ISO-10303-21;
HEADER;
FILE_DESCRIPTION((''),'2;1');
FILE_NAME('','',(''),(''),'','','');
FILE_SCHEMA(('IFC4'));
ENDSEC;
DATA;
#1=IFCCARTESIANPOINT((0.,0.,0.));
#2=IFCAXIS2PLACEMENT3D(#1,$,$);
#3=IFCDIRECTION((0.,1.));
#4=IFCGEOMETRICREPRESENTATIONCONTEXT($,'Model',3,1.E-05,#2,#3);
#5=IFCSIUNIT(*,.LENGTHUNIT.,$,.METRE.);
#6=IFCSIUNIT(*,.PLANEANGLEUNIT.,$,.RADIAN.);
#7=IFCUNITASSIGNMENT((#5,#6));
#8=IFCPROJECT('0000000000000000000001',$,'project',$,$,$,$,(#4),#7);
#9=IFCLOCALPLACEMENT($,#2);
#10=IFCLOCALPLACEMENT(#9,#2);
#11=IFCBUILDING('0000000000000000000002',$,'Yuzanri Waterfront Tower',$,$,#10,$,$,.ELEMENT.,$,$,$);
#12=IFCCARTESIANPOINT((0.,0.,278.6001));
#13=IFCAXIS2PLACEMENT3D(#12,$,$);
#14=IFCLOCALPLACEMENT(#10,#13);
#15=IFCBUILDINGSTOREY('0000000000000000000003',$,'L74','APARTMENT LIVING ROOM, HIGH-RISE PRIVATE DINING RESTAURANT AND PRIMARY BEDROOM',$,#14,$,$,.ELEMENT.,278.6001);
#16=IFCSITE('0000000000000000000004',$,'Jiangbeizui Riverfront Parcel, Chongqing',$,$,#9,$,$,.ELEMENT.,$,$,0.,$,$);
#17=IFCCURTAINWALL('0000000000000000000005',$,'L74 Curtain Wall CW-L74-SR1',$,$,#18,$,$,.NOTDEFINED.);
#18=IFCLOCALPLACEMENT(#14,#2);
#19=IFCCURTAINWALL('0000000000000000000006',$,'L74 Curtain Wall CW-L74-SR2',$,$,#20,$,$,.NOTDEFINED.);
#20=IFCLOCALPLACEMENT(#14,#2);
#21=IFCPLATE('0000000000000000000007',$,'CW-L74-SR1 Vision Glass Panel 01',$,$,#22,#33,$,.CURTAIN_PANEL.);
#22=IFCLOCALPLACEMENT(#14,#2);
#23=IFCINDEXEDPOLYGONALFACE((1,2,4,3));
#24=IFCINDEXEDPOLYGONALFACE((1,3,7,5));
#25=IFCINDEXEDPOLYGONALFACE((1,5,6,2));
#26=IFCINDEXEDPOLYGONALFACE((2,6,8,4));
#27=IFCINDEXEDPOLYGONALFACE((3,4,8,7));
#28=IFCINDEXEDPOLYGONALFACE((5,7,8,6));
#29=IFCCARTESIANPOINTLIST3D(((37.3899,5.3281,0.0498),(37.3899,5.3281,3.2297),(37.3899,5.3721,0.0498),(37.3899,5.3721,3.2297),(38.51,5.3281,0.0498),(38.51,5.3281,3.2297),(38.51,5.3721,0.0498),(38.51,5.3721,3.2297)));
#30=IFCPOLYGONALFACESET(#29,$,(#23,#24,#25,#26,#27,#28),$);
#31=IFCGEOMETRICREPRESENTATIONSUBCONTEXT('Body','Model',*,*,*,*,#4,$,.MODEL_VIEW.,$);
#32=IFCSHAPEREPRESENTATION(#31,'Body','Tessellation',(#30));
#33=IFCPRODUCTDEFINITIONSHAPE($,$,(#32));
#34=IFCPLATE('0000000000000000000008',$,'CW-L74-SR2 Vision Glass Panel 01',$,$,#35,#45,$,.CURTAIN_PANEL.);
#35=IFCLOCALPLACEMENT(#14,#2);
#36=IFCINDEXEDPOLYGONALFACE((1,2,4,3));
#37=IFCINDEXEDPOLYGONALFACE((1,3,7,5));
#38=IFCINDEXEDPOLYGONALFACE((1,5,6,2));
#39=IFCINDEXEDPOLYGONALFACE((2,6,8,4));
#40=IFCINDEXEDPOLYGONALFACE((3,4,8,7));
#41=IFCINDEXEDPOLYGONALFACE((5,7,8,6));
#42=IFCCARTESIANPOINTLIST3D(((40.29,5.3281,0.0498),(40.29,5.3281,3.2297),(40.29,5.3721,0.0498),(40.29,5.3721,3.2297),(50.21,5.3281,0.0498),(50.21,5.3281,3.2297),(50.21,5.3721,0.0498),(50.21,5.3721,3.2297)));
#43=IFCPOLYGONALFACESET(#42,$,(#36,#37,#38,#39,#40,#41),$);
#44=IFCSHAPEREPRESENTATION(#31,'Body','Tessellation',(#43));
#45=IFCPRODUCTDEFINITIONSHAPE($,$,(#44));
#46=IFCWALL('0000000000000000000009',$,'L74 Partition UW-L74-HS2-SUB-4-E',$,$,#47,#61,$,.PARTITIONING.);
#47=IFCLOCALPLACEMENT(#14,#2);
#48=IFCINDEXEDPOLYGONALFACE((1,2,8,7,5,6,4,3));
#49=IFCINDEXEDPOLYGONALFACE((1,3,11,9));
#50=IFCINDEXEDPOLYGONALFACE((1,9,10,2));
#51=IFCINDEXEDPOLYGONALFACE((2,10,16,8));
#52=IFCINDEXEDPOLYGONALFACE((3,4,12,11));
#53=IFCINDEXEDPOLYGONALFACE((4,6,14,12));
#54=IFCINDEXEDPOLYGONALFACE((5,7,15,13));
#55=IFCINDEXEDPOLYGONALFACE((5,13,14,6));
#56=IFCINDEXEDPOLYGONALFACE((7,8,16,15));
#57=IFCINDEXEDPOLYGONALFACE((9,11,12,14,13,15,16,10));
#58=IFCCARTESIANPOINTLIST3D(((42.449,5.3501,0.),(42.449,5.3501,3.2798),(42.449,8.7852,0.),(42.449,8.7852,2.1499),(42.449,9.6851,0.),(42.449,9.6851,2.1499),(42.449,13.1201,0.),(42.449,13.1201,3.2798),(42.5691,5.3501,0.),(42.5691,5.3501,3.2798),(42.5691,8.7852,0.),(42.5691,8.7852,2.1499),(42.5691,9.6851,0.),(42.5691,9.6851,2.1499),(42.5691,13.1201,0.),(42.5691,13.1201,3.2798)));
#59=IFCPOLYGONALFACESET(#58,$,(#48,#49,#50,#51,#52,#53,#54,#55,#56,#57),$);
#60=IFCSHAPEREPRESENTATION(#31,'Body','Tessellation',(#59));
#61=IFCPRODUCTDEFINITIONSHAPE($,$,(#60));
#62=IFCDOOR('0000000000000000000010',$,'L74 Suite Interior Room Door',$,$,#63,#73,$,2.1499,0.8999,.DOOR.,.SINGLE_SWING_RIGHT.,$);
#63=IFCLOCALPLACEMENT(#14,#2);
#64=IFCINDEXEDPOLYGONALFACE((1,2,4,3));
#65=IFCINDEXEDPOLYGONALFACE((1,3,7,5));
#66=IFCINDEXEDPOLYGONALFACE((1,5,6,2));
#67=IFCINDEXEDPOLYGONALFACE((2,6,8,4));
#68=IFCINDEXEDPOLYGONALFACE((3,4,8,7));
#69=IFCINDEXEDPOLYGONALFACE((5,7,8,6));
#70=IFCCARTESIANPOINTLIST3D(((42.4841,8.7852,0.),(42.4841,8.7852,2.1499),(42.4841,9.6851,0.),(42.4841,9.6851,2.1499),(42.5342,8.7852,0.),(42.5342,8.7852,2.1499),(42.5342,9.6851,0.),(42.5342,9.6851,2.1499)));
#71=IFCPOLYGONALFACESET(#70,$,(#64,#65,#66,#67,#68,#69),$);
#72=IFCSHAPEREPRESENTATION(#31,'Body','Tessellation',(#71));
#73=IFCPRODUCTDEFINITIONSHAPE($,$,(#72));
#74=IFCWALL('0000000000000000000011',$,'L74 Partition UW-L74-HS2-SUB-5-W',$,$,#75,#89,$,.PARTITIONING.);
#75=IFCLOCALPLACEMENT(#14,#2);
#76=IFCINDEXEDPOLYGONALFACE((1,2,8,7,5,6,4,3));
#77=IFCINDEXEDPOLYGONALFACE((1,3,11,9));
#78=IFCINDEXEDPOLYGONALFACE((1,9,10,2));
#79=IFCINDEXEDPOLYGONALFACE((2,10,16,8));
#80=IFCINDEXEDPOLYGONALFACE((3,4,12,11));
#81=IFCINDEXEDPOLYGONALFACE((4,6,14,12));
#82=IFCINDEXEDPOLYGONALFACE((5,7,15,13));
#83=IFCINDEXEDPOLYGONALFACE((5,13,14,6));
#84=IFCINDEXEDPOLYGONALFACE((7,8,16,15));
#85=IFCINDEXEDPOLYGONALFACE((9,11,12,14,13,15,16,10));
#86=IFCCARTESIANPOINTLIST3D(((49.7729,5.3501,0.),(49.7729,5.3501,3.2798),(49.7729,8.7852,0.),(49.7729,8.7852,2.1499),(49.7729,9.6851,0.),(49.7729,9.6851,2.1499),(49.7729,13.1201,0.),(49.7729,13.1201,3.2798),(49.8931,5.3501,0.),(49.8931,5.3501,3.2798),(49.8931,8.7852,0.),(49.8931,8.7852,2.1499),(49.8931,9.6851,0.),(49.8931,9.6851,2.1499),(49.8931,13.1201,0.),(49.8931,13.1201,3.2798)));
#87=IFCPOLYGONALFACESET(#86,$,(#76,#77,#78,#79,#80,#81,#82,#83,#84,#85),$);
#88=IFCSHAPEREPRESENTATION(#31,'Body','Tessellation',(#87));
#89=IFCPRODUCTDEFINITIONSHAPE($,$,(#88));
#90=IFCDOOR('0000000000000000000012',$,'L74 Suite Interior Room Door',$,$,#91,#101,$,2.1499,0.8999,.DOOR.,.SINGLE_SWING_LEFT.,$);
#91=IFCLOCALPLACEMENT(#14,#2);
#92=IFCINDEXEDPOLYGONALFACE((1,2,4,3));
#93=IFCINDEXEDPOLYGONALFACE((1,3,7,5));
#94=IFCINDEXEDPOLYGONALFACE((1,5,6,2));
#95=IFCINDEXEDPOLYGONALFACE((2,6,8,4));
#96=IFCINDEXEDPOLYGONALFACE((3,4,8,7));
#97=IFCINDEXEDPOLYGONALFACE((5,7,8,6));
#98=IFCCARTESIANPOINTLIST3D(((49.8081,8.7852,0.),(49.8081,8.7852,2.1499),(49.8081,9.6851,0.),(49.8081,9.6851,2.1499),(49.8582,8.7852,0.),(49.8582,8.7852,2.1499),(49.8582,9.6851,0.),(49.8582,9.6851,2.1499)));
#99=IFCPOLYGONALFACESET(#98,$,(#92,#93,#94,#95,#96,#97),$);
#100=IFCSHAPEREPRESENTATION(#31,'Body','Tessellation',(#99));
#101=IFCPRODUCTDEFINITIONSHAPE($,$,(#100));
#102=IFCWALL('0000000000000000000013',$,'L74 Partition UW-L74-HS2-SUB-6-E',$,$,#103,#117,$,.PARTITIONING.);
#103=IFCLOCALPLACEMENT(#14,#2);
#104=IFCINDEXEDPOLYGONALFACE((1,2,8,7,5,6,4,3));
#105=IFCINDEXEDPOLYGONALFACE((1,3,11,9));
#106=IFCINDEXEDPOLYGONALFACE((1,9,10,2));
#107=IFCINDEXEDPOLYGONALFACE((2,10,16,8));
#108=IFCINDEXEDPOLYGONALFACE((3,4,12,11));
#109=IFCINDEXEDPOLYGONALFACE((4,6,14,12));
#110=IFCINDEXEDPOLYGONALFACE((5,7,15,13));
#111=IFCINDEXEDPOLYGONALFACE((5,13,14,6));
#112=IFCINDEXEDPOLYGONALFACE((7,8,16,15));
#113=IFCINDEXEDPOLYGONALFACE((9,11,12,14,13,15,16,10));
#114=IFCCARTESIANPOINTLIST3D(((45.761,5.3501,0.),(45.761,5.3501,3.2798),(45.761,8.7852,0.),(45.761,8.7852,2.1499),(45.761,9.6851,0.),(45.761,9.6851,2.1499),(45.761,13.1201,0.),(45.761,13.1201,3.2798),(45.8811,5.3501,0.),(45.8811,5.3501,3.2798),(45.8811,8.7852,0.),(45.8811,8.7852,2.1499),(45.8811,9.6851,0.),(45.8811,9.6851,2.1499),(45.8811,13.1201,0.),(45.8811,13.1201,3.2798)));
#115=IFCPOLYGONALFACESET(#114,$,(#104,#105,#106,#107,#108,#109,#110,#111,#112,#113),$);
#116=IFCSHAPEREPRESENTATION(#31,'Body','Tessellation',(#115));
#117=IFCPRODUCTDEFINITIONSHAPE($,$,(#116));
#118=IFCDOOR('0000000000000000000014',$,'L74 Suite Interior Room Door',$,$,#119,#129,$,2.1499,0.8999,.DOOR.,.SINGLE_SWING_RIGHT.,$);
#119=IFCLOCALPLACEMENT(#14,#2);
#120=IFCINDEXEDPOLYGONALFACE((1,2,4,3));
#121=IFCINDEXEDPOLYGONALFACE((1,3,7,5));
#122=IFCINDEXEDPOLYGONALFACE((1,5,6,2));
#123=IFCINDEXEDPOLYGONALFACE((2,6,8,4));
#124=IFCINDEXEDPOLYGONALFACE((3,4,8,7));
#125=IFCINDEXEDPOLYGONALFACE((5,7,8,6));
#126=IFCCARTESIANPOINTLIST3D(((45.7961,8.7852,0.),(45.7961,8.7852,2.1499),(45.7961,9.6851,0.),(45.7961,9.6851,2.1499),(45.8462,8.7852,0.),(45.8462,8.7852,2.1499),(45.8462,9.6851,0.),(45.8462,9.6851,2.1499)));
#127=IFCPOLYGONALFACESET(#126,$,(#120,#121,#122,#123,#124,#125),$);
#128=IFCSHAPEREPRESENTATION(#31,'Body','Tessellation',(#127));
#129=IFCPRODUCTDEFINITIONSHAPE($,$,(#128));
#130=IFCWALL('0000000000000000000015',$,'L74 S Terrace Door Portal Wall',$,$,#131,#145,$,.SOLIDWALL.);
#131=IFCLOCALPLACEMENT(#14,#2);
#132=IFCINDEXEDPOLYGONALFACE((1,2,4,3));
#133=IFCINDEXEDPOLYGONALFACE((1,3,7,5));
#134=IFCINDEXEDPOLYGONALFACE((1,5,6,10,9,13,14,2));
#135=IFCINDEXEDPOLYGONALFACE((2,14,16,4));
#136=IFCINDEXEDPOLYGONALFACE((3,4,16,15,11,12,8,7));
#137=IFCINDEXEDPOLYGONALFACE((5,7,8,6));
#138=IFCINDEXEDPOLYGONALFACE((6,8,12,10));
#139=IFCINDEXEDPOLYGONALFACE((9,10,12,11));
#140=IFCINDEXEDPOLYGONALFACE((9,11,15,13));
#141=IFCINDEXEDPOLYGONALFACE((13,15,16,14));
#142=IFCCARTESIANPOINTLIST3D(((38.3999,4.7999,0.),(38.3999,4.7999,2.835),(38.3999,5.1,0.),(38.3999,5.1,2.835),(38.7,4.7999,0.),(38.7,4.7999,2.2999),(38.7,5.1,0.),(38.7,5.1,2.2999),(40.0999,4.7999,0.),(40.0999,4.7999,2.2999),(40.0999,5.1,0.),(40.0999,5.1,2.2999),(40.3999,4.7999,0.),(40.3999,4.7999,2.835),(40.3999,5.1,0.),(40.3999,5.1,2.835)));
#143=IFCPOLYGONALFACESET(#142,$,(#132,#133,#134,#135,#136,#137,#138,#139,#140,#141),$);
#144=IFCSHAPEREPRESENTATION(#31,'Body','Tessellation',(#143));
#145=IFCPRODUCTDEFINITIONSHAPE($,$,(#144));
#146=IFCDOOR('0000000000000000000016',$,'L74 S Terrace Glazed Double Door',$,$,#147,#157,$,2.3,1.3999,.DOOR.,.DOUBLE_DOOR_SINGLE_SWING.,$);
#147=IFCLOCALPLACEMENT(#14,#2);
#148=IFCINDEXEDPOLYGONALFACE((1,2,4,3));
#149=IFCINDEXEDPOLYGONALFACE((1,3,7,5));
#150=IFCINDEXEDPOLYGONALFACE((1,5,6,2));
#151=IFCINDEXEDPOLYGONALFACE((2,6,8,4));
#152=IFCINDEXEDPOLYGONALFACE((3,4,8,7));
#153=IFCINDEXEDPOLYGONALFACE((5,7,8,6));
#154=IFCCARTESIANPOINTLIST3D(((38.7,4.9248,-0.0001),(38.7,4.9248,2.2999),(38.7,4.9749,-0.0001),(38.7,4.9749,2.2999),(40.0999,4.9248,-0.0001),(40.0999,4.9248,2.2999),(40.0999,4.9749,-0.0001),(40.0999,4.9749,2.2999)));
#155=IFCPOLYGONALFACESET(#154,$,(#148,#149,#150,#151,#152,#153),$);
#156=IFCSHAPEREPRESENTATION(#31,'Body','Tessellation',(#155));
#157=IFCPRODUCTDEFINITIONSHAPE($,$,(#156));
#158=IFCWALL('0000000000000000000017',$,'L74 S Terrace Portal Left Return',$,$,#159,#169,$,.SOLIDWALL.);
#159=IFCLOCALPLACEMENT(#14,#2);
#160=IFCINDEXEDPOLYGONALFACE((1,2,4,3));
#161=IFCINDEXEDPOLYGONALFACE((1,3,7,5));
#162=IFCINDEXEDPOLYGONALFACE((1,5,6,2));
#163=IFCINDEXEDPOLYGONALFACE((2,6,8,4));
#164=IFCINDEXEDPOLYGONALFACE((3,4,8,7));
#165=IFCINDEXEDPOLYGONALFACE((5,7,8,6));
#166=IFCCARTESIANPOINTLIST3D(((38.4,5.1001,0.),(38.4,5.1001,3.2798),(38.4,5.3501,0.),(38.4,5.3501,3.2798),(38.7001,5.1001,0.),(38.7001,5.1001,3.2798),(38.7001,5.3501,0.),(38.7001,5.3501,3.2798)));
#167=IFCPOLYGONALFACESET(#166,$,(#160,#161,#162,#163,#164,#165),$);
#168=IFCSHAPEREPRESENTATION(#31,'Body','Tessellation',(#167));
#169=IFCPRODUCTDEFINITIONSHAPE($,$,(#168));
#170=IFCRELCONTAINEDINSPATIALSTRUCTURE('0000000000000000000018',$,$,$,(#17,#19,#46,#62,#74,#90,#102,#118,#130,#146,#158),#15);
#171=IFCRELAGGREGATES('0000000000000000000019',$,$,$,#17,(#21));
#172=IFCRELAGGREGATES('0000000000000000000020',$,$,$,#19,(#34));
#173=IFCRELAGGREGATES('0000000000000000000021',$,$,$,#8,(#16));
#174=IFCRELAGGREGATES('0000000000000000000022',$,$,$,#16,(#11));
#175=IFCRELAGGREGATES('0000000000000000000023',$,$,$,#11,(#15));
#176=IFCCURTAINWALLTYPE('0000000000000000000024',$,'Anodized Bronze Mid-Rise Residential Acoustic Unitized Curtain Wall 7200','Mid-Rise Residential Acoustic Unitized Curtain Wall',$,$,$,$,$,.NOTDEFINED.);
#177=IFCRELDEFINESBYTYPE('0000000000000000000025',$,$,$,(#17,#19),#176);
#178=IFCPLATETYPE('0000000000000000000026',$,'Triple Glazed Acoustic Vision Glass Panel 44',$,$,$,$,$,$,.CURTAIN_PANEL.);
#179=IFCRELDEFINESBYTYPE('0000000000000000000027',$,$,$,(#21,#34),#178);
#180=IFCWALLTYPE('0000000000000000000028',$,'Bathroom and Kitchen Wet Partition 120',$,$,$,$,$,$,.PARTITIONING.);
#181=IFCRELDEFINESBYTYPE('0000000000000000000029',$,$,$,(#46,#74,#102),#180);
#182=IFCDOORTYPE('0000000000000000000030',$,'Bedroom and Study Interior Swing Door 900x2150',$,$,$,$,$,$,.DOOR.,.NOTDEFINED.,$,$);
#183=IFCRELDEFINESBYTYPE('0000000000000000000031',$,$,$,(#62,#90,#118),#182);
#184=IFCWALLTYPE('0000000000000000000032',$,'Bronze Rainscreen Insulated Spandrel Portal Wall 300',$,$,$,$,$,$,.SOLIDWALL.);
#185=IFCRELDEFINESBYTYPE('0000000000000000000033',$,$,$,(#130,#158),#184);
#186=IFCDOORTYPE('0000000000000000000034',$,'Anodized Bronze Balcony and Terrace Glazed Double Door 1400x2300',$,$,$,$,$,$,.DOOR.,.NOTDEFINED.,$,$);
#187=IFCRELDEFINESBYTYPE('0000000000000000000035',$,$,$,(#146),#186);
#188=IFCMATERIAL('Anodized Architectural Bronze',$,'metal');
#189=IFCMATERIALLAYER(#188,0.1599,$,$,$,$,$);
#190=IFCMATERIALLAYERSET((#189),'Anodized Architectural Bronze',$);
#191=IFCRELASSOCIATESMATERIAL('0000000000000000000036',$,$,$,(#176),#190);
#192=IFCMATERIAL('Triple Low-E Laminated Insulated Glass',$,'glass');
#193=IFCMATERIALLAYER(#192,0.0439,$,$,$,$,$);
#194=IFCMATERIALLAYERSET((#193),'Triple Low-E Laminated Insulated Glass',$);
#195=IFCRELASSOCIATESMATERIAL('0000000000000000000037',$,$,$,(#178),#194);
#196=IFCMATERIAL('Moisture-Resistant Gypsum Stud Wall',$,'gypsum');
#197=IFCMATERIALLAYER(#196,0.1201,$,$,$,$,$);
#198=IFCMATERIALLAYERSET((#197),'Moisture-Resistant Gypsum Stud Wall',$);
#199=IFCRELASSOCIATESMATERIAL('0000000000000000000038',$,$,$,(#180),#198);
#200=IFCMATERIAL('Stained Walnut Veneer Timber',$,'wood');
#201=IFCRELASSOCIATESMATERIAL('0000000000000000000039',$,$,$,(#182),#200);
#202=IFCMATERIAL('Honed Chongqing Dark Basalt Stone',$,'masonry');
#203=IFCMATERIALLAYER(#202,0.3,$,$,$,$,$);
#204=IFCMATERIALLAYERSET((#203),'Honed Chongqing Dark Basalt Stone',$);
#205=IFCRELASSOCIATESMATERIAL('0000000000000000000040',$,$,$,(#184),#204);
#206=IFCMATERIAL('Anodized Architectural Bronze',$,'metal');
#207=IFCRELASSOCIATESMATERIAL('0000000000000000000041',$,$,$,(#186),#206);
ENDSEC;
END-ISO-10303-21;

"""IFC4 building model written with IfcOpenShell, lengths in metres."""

from ifc_helpers import new_model, si_unit, direction, frame, frame_2d, origin, origin_2d, place, context, subcontext, project, spatial, rectangle, extrude, source, transform, mapped, material, layer, layer_set, type_object, element, fill, aggregate, save


model = new_model("IFC4")

# Units and contexts
model_context = context("Model", 3, precision=1e-05, world=origin(), true_north=direction((0.0, 1.0)))
body_context = subcontext(model_context, "Body", "Model", "MODEL_VIEW")
ifc_project = project(units=[si_unit("LENGTHUNIT", "METRE"), si_unit("PLANEANGLEUNIT", "RADIAN")], contexts=[model_context])

# Site, building, storey
site_placement = place(None, origin())
site = spatial("IfcSite", under=ifc_project, at=site_placement, Name="Jiangbeizui Riverfront Parcel, Chongqing", CompositionType="ELEMENT", RefElevation=0.0)
building_placement = place(site_placement, origin())
building = spatial("IfcBuilding", under=site, at=building_placement, Name="Yuzanri Waterfront Tower", CompositionType="ELEMENT")
storey_placement = place(building_placement, frame((0.0, 0.0, 278.6001)))
storey = spatial("IfcBuildingStorey", under=building, at=storey_placement, Name="L74", Description="APARTMENT LIVING ROOM, HIGH-RISE PRIVATE DINING RESTAURANT AND PRIMARY BEDROOM", CompositionType="ELEMENT", Elevation=278.6001)

# Curtain walls
ifc_material_1 = material(Name="Anodized Architectural Bronze", Category="metal")
ifc_layer_1 = layer(ifc_material_1, 0.1599)
ifc_layer_set_1 = layer_set([ifc_layer_1], Name="Anodized Architectural Bronze")
curtain_wall_type = type_object("IfcCurtainWallType", Name="Anodized Bronze Mid-Rise Residential Acoustic Unitized Curtain Wall 7200", Description="Mid-Rise Residential Acoustic Unitized Curtain Wall", PredefinedType="NOTDEFINED", material=ifc_layer_set_1)
curtain_wall_1_placement = place(storey_placement, origin())
curtain_wall_1 = element("IfcCurtainWall", 1, at=curtain_wall_1_placement, inside=storey, type_object=curtain_wall_type, Name="L74 Curtain Wall CW-L74-SR1", PredefinedType="NOTDEFINED")
curtain_wall_2_placement = place(storey_placement, origin())
curtain_wall_2 = element("IfcCurtainWall", 2, at=curtain_wall_2_placement, inside=storey, type_object=curtain_wall_type, Name="L74 Curtain Wall CW-L74-SR2", PredefinedType="NOTDEFINED")

# Plates
ifc_material_2 = material(Name="Triple Low-E Laminated Insulated Glass", Category="glass")
ifc_layer_2 = layer(ifc_material_2, 0.0439)
ifc_layer_set_2 = layer_set([ifc_layer_2], Name="Triple Low-E Laminated Insulated Glass")
plate_type = type_object("IfcPlateType", Name="Triple Glazed Acoustic Vision Glass Panel 44", PredefinedType="CURTAIN_PANEL", material=ifc_layer_set_2)
shared_shape_1 = source(origin(), body_context, "Body", "SweptSolid", [
    extrude(rectangle(XDim=1.1201, YDim=0.0439, at=origin_2d()), origin(), (0.0, 0.0, 1.0), 3.1799),
])
plate_1_placement = place(storey_placement, frame((37.95, 5.3501, 0.0498), z_axis=(0.0, 0.0, 1.0), x_axis=(1.0, 0.0, 0.0)))
plate_1 = element("IfcPlate", 3, at=plate_1_placement, type_object=plate_type, Name="CW-L74-SR1 Vision Glass Panel 01", PredefinedType="CURTAIN_PANEL", context=body_context, shape_type="MappedRepresentation", body=[
    mapped(shared_shape_1, transform((0.0, 0.0, 0.0), scale=1.0)),
])
aggregate(curtain_wall_1, [plate_1])
shared_shape_2 = source(origin(), body_context, "Body", "SweptSolid", [
    extrude(rectangle(XDim=9.9199, YDim=0.0439, at=origin_2d()), origin(), (0.0, 0.0, 1.0), 3.1799),
])
plate_2_placement = place(storey_placement, frame((45.25, 5.3501, 0.0498), z_axis=(0.0, 0.0, 1.0), x_axis=(1.0, 0.0, 0.0)))
plate_2 = element("IfcPlate", 4, at=plate_2_placement, type_object=plate_type, Name="CW-L74-SR2 Vision Glass Panel 01", PredefinedType="CURTAIN_PANEL", context=body_context, shape_type="MappedRepresentation", body=[
    mapped(shared_shape_2, transform((0.0, 0.0, 0.0), scale=1.0)),
])
aggregate(curtain_wall_2, [plate_2])

# Walls, openings, doors
ifc_material_3 = material(Name="Moisture-Resistant Gypsum Stud Wall", Category="gypsum")
ifc_layer_3 = layer(ifc_material_3, 0.1201)
ifc_layer_set_3 = layer_set([ifc_layer_3], Name="Moisture-Resistant Gypsum Stud Wall")
wall_type_1 = type_object("IfcWallType", Name="Bathroom and Kitchen Wet Partition 120", PredefinedType="PARTITIONING", material=ifc_layer_set_3)
wall_1_placement = place(storey_placement, frame((42.509, 5.3501, 0.0), z_axis=(0.0, 0.0, 1.0), x_axis=(0.0, 1.0, 0.0)))
wall_1 = element("IfcWall", 5, at=wall_1_placement, inside=storey, type_object=wall_type_1, Name="L74 Partition UW-L74-HS2-SUB-4-E", PredefinedType="PARTITIONING", context=body_context, shape_type="SweptSolid", body=[
    extrude(rectangle(XDim=7.77, YDim=0.1201, at=frame_2d((3.885, 0.0))), origin(), (0.0, 0.0, 1.0), 3.2798),
])
opening_1_placement = place(wall_1_placement, frame((3.4351, 0.0, 0.0)))
opening_1 = element("IfcOpeningElement", 6, at=opening_1_placement, cuts=wall_1, PredefinedType="OPENING", context=body_context, shape_type="SweptSolid", body=[
    extrude(rectangle(XDim=0.8999, YDim=2.1499, at=frame_2d((0.45, 1.075))), frame((0.0, 0.075, 0.0), z_axis=(0.0, -1.0, 0.0), x_axis=(1.0, 0.0, 0.0)), (0.0, 0.0, 1.0), 0.1499),
])
ifc_material_4 = material(Name="Stained Walnut Veneer Timber", Category="wood")
door_type_1 = type_object("IfcDoorType", Name="Bedroom and Study Interior Swing Door 900x2150", OperationType="NOTDEFINED", PredefinedType="DOOR", material=ifc_material_4)
shared_shape_3 = source(origin(), body_context, "Body", "SweptSolid", [
    extrude(rectangle(XDim=0.8999, YDim=2.1499, at=frame_2d((0.45, 1.075))), frame((0.0, 0.0249, 0.0), z_axis=(0.0, -1.0, 0.0), x_axis=(1.0, 0.0, 0.0)), (0.0, 0.0, 1.0), 0.05),
])
door_1_placement = place(opening_1_placement, origin())
door_1 = element("IfcDoor", 7, at=door_1_placement, inside=storey, type_object=door_type_1, Name="L74 Suite Interior Room Door", OperationType="SINGLE_SWING_RIGHT", OverallHeight=2.1499, OverallWidth=0.8999, PredefinedType="DOOR", context=body_context, shape_type="MappedRepresentation", body=[
    mapped(shared_shape_3, transform((0.0, 0.0, 0.0), scale=1.0)),
])
fill(opening_1, door_1)
wall_2_placement = place(storey_placement, frame((49.833, 5.3501, 0.0), z_axis=(0.0, 0.0, 1.0), x_axis=(0.0, 1.0, 0.0)))
wall_2 = element("IfcWall", 8, at=wall_2_placement, inside=storey, type_object=wall_type_1, Name="L74 Partition UW-L74-HS2-SUB-5-W", PredefinedType="PARTITIONING", context=body_context, shape_type="SweptSolid", body=[
    extrude(rectangle(XDim=7.77, YDim=0.1201, at=frame_2d((3.885, 0.0))), origin(), (0.0, 0.0, 1.0), 3.2798),
])
opening_2_placement = place(wall_2_placement, frame((3.4351, 0.0, 0.0)))
opening_2 = element("IfcOpeningElement", 9, at=opening_2_placement, cuts=wall_2, PredefinedType="OPENING", context=body_context, shape_type="SweptSolid", body=[
    extrude(rectangle(XDim=0.8999, YDim=2.1499, at=frame_2d((0.45, 1.075))), frame((0.0, 0.075, 0.0), z_axis=(0.0, -1.0, 0.0), x_axis=(1.0, 0.0, 0.0)), (0.0, 0.0, 1.0), 0.1499),
])
door_2_placement = place(opening_2_placement, origin())
door_2 = element("IfcDoor", 10, at=door_2_placement, inside=storey, type_object=door_type_1, Name="L74 Suite Interior Room Door", OperationType="SINGLE_SWING_LEFT", OverallHeight=2.1499, OverallWidth=0.8999, PredefinedType="DOOR", context=body_context, shape_type="MappedRepresentation", body=[
    mapped(shared_shape_3, transform((0.0, 0.0, 0.0), scale=1.0)),
])
fill(opening_2, door_2)
wall_3_placement = place(storey_placement, frame((45.821, 5.3501, 0.0), z_axis=(0.0, 0.0, 1.0), x_axis=(0.0, 1.0, 0.0)))
wall_3 = element("IfcWall", 11, at=wall_3_placement, inside=storey, type_object=wall_type_1, Name="L74 Partition UW-L74-HS2-SUB-6-E", PredefinedType="PARTITIONING", context=body_context, shape_type="SweptSolid", body=[
    extrude(rectangle(XDim=7.77, YDim=0.1201, at=frame_2d((3.885, 0.0))), origin(), (0.0, 0.0, 1.0), 3.2798),
])
opening_3_placement = place(wall_3_placement, frame((3.4351, 0.0, 0.0)))
opening_3 = element("IfcOpeningElement", 12, at=opening_3_placement, cuts=wall_3, PredefinedType="OPENING", context=body_context, shape_type="SweptSolid", body=[
    extrude(rectangle(XDim=0.8999, YDim=2.1499, at=frame_2d((0.45, 1.075))), frame((0.0, 0.075, 0.0), z_axis=(0.0, -1.0, 0.0), x_axis=(1.0, 0.0, 0.0)), (0.0, 0.0, 1.0), 0.1499),
])
door_3_placement = place(opening_3_placement, origin())
door_3 = element("IfcDoor", 13, at=door_3_placement, inside=storey, type_object=door_type_1, Name="L74 Suite Interior Room Door", OperationType="SINGLE_SWING_RIGHT", OverallHeight=2.1499, OverallWidth=0.8999, PredefinedType="DOOR", context=body_context, shape_type="MappedRepresentation", body=[
    mapped(shared_shape_3, transform((0.0, 0.0, 0.0), scale=1.0)),
])
fill(opening_3, door_3)
ifc_material_5 = material(Name="Honed Chongqing Dark Basalt Stone", Category="masonry")
ifc_layer_4 = layer(ifc_material_5, 0.3)
ifc_layer_set_4 = layer_set([ifc_layer_4], Name="Honed Chongqing Dark Basalt Stone")
wall_type_2 = type_object("IfcWallType", Name="Bronze Rainscreen Insulated Spandrel Portal Wall 300", PredefinedType="SOLIDWALL", material=ifc_layer_set_4)
wall_4_placement = place(storey_placement, frame((38.3999, 4.95, 0.0), z_axis=(0.0, 0.0, 1.0), x_axis=(1.0, 0.0, 0.0)))
wall_4 = element("IfcWall", 14, at=wall_4_placement, inside=storey, type_object=wall_type_2, Name="L74 S Terrace Door Portal Wall", PredefinedType="SOLIDWALL", context=body_context, shape_type="SweptSolid", body=[
    extrude(rectangle(XDim=2.0, YDim=0.3, at=frame_2d((1.0, 0.0))), origin(), (0.0, 0.0, 1.0), 2.835),
])
opening_4_placement = place(wall_4_placement, frame((0.3, 0.0, 0.0)))
opening_4 = element("IfcOpeningElement", 15, at=opening_4_placement, cuts=wall_4, PredefinedType="OPENING", context=body_context, shape_type="SweptSolid", body=[
    extrude(rectangle(XDim=1.3999, YDim=2.3, at=frame_2d((0.7, 1.1499))), frame((0.0, 0.165, 0.0), z_axis=(0.0, -1.0, 0.0), x_axis=(1.0, 0.0, 0.0)), (0.0, 0.0, 1.0), 0.3298),
])
ifc_material_6 = material(Name="Anodized Architectural Bronze", Category="metal")
door_type_2 = type_object("IfcDoorType", Name="Anodized Bronze Balcony and Terrace Glazed Double Door 1400x2300", OperationType="NOTDEFINED", PredefinedType="DOOR", material=ifc_material_6)
shared_shape_4 = source(origin(), body_context, "Body", "SweptSolid", [
    extrude(rectangle(XDim=1.3999, YDim=2.3, at=frame_2d((0.7, 1.1499))), frame((0.0, 0.0249, 0.0), z_axis=(0.0, -1.0, 0.0), x_axis=(1.0, 0.0, 0.0)), (0.0, 0.0, 1.0), 0.05),
])
door_4_placement = place(opening_4_placement, origin())
door_4 = element("IfcDoor", 16, at=door_4_placement, inside=storey, type_object=door_type_2, Name="L74 S Terrace Glazed Double Door", OperationType="DOUBLE_DOOR_SINGLE_SWING", OverallHeight=2.3, OverallWidth=1.3999, PredefinedType="DOOR", context=body_context, shape_type="MappedRepresentation", body=[
    mapped(shared_shape_4, transform((0.0, 0.0, 0.0), scale=1.0)),
])
fill(opening_4, door_4)

# Wall
shared_shape_5 = source(origin(), body_context, "Body", "SweptSolid", [
    extrude(rectangle(XDim=0.25, YDim=0.3, at=frame_2d((0.125, 0.0))), origin(), (0.0, 0.0, 1.0), 3.2798),
])
for number, where, z_axis, x_axis, name in (
    (17, (38.55, 5.3501, 0.0), (0.0, 0.0, 1.0), (0.0, -1.0, 0.0), "L74 S Terrace Portal Left Return"),
):
    element("IfcWall", number, at=place(storey_placement, frame(where, z_axis=z_axis, x_axis=x_axis)), inside=storey, type_object=wall_type_2, Name=name, PredefinedType="SOLIDWALL", context=body_context, shape_type="MappedRepresentation", body=[
        mapped(shared_shape_5, transform((0.0, 0.0, 0.0), scale=1.0)),
    ])

save(model, "model.ifc")
